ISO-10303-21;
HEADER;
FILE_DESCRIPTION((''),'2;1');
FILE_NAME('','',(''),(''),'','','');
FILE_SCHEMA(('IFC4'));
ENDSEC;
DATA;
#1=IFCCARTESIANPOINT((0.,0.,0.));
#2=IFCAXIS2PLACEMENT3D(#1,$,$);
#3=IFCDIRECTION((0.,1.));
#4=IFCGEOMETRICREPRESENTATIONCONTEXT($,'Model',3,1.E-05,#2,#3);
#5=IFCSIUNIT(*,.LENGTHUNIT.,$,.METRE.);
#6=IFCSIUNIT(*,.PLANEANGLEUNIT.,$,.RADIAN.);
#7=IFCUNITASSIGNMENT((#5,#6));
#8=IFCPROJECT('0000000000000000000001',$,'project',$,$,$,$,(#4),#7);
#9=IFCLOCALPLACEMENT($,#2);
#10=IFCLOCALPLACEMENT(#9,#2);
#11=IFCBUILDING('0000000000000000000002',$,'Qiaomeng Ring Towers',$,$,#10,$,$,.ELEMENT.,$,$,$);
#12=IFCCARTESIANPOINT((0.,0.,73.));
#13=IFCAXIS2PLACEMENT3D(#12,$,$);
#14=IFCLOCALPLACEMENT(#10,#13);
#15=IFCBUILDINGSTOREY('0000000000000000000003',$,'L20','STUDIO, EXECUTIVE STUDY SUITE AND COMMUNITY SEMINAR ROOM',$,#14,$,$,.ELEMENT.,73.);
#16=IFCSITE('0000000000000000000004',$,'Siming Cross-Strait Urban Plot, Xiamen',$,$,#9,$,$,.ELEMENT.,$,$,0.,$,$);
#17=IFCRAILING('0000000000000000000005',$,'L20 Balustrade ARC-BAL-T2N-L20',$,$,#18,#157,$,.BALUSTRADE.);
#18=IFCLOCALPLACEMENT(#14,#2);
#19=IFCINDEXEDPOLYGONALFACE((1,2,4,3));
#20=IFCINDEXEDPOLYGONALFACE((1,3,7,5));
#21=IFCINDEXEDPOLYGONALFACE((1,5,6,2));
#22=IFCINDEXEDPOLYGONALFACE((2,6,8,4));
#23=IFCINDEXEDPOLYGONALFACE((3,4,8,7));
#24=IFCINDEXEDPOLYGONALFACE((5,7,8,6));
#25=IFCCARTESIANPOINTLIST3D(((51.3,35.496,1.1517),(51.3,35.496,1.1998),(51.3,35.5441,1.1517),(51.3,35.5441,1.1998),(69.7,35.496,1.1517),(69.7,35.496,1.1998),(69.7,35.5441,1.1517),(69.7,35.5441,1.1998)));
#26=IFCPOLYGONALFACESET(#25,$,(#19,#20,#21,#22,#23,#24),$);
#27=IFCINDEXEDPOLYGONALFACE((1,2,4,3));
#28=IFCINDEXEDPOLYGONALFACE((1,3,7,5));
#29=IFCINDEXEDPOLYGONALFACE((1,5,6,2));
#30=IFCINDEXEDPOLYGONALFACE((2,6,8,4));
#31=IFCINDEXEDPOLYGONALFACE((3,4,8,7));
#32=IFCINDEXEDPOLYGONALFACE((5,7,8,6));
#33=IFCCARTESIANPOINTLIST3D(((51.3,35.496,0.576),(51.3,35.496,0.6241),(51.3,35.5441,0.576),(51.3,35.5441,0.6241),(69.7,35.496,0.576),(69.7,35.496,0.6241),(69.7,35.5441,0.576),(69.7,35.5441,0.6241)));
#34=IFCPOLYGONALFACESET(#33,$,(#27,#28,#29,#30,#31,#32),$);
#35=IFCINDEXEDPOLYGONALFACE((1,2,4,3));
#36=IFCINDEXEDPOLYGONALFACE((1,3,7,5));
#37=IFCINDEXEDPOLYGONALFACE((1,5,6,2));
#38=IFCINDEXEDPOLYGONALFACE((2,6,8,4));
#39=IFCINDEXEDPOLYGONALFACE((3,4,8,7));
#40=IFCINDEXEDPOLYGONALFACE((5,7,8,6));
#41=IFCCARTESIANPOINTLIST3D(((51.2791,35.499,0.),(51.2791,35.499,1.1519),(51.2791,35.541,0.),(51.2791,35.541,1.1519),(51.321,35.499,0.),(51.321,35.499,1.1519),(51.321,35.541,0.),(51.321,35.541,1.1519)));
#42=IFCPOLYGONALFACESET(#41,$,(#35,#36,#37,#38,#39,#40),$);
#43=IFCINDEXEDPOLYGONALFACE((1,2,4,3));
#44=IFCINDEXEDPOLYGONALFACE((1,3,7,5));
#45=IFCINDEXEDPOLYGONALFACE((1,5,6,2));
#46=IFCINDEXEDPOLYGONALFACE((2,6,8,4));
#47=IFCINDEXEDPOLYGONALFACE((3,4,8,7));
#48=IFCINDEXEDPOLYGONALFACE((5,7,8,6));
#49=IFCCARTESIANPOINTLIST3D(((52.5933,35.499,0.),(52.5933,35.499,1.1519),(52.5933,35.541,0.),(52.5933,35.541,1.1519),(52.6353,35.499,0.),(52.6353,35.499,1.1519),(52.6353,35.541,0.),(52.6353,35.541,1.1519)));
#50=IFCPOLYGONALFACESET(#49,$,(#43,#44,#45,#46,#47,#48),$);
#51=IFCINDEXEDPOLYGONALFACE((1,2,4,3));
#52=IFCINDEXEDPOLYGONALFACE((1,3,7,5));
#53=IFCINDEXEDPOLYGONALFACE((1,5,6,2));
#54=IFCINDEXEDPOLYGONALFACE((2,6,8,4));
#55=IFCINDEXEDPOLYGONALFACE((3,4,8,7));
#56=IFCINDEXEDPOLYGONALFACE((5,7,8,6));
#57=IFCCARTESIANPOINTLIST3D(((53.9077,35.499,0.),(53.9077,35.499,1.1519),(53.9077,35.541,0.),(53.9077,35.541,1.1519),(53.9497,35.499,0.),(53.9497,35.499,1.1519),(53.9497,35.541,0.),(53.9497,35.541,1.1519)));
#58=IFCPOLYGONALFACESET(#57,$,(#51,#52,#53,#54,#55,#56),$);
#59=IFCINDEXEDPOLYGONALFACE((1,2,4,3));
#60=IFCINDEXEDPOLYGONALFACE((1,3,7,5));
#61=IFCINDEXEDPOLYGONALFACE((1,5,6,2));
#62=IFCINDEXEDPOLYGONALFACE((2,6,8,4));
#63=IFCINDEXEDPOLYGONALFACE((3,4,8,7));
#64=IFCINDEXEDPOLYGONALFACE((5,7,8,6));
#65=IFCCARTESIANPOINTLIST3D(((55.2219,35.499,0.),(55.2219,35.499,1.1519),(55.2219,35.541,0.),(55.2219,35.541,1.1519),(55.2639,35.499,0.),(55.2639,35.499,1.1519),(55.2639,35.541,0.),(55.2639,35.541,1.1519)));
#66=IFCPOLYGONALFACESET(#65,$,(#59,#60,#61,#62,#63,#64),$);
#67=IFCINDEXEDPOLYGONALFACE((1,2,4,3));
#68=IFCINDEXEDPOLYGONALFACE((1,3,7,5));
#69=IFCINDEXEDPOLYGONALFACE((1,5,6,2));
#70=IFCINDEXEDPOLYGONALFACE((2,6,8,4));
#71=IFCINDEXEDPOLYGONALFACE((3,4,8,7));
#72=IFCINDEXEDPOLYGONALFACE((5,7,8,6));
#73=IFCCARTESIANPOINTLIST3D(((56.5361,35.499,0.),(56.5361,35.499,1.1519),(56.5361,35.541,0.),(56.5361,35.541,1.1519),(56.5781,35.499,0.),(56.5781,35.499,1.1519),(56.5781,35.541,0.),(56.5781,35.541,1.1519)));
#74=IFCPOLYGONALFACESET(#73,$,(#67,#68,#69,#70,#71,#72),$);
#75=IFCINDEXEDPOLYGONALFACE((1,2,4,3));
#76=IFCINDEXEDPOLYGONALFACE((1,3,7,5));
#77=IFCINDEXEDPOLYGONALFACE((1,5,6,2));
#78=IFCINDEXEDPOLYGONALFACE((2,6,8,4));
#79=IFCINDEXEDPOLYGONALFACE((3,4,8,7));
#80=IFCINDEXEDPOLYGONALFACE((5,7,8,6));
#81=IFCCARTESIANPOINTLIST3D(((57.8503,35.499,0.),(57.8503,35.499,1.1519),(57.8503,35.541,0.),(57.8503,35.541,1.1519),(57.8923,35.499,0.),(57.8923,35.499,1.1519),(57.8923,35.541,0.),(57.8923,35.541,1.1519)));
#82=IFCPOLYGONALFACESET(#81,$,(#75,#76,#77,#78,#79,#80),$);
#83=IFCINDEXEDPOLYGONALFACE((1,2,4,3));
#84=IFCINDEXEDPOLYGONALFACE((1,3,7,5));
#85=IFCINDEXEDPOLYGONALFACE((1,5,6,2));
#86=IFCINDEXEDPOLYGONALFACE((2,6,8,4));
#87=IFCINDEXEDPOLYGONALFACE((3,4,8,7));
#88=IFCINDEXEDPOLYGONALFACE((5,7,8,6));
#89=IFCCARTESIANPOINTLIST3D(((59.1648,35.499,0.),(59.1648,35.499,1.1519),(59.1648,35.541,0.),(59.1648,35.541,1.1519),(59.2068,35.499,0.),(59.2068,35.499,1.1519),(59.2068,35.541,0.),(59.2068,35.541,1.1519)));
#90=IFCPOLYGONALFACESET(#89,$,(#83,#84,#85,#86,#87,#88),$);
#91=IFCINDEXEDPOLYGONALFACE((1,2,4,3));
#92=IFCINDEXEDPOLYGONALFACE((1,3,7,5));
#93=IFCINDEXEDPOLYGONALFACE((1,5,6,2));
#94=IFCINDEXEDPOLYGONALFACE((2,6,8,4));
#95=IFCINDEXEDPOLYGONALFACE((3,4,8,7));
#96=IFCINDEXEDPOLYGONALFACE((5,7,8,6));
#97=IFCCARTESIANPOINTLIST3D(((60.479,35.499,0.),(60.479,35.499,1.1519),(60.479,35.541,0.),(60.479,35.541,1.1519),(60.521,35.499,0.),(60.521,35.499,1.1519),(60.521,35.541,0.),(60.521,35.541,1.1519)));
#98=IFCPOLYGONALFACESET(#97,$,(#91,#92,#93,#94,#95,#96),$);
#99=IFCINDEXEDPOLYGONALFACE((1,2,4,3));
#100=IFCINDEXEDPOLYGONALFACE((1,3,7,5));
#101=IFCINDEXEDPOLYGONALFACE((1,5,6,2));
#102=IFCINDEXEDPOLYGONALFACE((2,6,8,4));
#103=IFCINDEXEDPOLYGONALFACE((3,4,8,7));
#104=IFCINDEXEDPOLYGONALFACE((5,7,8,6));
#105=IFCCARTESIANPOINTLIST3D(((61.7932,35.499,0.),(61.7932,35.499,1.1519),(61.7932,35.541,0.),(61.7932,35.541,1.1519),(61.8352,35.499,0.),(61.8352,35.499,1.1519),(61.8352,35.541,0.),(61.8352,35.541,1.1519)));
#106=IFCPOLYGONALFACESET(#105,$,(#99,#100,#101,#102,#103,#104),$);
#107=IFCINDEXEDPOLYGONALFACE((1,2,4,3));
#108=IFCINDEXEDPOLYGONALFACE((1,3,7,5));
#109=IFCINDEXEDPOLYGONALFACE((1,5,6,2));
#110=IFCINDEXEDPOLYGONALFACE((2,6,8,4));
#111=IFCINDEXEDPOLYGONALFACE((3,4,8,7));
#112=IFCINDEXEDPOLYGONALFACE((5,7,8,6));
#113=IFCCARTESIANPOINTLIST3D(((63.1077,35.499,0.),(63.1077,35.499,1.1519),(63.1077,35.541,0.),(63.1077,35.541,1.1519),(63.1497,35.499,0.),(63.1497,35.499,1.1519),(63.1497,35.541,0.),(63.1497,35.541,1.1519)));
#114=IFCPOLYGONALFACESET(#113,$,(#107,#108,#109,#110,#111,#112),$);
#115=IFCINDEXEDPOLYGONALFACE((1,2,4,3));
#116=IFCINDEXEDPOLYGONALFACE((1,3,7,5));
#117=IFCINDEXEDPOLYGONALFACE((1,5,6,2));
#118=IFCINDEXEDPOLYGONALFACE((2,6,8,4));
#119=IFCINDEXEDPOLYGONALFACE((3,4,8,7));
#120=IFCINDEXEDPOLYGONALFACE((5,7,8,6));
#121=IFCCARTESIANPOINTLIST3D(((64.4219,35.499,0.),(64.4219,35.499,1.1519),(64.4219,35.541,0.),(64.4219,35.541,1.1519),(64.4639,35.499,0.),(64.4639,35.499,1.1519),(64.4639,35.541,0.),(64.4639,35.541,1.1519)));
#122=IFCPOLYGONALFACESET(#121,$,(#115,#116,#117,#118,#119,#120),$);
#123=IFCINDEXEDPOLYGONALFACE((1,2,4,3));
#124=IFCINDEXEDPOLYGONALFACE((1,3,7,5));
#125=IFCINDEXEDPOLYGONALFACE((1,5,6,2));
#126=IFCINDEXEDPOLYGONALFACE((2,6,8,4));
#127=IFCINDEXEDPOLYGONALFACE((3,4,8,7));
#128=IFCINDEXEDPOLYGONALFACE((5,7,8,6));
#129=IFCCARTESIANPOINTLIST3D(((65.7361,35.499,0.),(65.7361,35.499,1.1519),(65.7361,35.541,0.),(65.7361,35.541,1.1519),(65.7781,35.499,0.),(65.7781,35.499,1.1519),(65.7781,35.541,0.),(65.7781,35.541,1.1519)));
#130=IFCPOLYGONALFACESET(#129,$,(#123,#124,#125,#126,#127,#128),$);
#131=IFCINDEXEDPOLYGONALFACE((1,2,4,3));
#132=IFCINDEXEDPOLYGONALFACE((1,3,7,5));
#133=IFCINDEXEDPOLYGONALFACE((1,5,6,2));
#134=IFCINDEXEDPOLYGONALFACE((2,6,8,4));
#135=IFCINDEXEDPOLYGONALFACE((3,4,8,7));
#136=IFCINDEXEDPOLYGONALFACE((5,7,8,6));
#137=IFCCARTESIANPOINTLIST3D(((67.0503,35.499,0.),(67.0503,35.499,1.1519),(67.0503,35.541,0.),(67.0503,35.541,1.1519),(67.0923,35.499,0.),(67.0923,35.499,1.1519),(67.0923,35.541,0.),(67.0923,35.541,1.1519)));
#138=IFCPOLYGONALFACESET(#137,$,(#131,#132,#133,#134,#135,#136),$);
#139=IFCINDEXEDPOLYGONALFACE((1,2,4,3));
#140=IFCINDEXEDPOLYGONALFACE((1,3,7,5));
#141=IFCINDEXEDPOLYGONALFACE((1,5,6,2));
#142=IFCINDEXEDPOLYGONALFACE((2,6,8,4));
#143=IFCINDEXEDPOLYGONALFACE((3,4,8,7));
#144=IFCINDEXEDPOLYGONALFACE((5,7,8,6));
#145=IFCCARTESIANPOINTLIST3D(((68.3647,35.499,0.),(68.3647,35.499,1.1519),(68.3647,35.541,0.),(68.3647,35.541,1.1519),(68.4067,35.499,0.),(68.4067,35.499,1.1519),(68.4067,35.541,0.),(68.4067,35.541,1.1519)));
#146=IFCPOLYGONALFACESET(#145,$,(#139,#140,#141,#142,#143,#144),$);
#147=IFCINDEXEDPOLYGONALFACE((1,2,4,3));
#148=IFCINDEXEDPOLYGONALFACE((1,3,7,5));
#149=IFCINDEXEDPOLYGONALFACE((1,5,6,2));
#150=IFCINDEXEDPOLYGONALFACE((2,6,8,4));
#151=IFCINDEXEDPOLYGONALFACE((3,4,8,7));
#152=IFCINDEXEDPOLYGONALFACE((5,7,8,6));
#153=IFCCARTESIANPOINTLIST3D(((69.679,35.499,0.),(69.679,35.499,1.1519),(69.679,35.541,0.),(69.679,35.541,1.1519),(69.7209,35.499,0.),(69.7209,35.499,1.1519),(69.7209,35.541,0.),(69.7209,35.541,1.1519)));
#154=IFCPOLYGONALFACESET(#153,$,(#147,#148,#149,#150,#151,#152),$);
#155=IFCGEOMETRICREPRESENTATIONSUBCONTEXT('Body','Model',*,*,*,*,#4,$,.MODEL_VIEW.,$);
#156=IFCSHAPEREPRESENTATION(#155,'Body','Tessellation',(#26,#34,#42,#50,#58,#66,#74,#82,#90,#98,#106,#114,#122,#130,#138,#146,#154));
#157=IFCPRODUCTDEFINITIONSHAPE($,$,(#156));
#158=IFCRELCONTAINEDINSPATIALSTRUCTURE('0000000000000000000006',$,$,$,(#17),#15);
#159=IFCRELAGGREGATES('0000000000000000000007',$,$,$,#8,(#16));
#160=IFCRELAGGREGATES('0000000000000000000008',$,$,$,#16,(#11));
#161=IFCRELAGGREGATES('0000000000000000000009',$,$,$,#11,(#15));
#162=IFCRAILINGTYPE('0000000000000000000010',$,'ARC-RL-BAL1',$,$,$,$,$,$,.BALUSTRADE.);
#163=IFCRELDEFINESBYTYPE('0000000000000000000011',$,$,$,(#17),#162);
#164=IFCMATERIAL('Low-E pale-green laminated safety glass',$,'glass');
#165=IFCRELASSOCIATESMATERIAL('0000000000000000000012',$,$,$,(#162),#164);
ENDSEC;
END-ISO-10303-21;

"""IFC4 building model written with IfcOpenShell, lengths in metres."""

from ifc_helpers import new_model, si_unit, direction, frame, origin, origin_2d, place, context, subcontext, project, spatial, rectangle, extrude, material, type_object, element, save


model = new_model("IFC4")

# Units and contexts
model_context = context("Model", 3, precision=1e-05, world=origin(), true_north=direction((0.0, 1.0)))
body_context = subcontext(model_context, "Body", "Model", "MODEL_VIEW")
ifc_project = project(units=[si_unit("LENGTHUNIT", "METRE"), si_unit("PLANEANGLEUNIT", "RADIAN")], contexts=[model_context])

# Site, building, storey
site_placement = place(None, origin())
site = spatial("IfcSite", under=ifc_project, at=site_placement, Name="Siming Cross-Strait Urban Plot, Xiamen", CompositionType="ELEMENT", RefElevation=0.0)
building_placement = place(site_placement, origin())
building = spatial("IfcBuilding", under=site, at=building_placement, Name="Qiaomeng Ring Towers", CompositionType="ELEMENT")
storey_placement = place(building_placement, frame((0.0, 0.0, 73.0)))
storey = spatial("IfcBuildingStorey", under=building, at=storey_placement, Name="L20", Description="STUDIO, EXECUTIVE STUDY SUITE AND COMMUNITY SEMINAR ROOM", CompositionType="ELEMENT", Elevation=73.0)

# Railing
ifc_material_1 = material(Name="Low-E pale-green laminated safety glass", Category="glass")
railing_type = type_object("IfcRailingType", Name="ARC-RL-BAL1", PredefinedType="BALUSTRADE", material=ifc_material_1)
railing_1_placement = place(storey_placement, frame((51.3, 35.52, 0.0)))
element("IfcRailing", 1, at=railing_1_placement, inside=storey, type_object=railing_type, Name="L20 Balustrade ARC-BAL-T2N-L20", PredefinedType="BALUSTRADE", context=body_context, shape_type="SweptSolid", body=[
    extrude(rectangle(XDim=0.0481, YDim=0.0481, at=origin_2d()), frame((0.0, 0.0, 1.1758), z_axis=(1.0, 0.0, 0.0), x_axis=(0.0, 1.0, 0.0)), (0.0, 0.0, 1.0), 18.3999),
    extrude(rectangle(XDim=0.0481, YDim=0.0481, at=origin_2d()), frame((0.0, 0.0, 0.6001), z_axis=(1.0, 0.0, 0.0), x_axis=(0.0, 1.0, 0.0)), (0.0, 0.0, 1.0), 18.3999),
    extrude(rectangle(XDim=0.042, YDim=0.042, at=origin_2d()), origin(), (0.0, 0.0, 1.0), 1.1519),
    extrude(rectangle(XDim=0.042, YDim=0.042, at=origin_2d()), frame((1.3142, 0.0, 0.0)), (0.0, 0.0, 1.0), 1.1519),
    extrude(rectangle(XDim=0.042, YDim=0.042, at=origin_2d()), frame((2.6287, 0.0, 0.0)), (0.0, 0.0, 1.0), 1.1519),
    extrude(rectangle(XDim=0.042, YDim=0.042, at=origin_2d()), frame((3.9429, 0.0, 0.0)), (0.0, 0.0, 1.0), 1.1519),
    extrude(rectangle(XDim=0.042, YDim=0.042, at=origin_2d()), frame((5.2571, 0.0, 0.0)), (0.0, 0.0, 1.0), 1.1519),
    extrude(rectangle(XDim=0.042, YDim=0.042, at=origin_2d()), frame((6.5713, 0.0, 0.0)), (0.0, 0.0, 1.0), 1.1519),
    extrude(rectangle(XDim=0.042, YDim=0.042, at=origin_2d()), frame((7.8857, 0.0, 0.0)), (0.0, 0.0, 1.0), 1.1519),
    extrude(rectangle(XDim=0.042, YDim=0.042, at=origin_2d()), frame((9.2, 0.0, 0.0)), (0.0, 0.0, 1.0), 1.1519),
    extrude(rectangle(XDim=0.042, YDim=0.042, at=origin_2d()), frame((10.5142, 0.0, 0.0)), (0.0, 0.0, 1.0), 1.1519),
    extrude(rectangle(XDim=0.042, YDim=0.042, at=origin_2d()), frame((11.8286, 0.0, 0.0)), (0.0, 0.0, 1.0), 1.1519),
    extrude(rectangle(XDim=0.042, YDim=0.042, at=origin_2d()), frame((13.1428, 0.0, 0.0)), (0.0, 0.0, 1.0), 1.1519),
    extrude(rectangle(XDim=0.042, YDim=0.042, at=origin_2d()), frame((14.457, 0.0, 0.0)), (0.0, 0.0, 1.0), 1.1519),
    extrude(rectangle(XDim=0.042, YDim=0.042, at=origin_2d()), frame((15.7712, 0.0, 0.0)), (0.0, 0.0, 1.0), 1.1519),
    extrude(rectangle(XDim=0.042, YDim=0.042, at=origin_2d()), frame((17.0857, 0.0, 0.0)), (0.0, 0.0, 1.0), 1.1519),
    extrude(rectangle(XDim=0.042, YDim=0.042, at=origin_2d()), frame((18.3999, 0.0, 0.0)), (0.0, 0.0, 1.0), 1.1519),
])

save(model, "model.ifc")
